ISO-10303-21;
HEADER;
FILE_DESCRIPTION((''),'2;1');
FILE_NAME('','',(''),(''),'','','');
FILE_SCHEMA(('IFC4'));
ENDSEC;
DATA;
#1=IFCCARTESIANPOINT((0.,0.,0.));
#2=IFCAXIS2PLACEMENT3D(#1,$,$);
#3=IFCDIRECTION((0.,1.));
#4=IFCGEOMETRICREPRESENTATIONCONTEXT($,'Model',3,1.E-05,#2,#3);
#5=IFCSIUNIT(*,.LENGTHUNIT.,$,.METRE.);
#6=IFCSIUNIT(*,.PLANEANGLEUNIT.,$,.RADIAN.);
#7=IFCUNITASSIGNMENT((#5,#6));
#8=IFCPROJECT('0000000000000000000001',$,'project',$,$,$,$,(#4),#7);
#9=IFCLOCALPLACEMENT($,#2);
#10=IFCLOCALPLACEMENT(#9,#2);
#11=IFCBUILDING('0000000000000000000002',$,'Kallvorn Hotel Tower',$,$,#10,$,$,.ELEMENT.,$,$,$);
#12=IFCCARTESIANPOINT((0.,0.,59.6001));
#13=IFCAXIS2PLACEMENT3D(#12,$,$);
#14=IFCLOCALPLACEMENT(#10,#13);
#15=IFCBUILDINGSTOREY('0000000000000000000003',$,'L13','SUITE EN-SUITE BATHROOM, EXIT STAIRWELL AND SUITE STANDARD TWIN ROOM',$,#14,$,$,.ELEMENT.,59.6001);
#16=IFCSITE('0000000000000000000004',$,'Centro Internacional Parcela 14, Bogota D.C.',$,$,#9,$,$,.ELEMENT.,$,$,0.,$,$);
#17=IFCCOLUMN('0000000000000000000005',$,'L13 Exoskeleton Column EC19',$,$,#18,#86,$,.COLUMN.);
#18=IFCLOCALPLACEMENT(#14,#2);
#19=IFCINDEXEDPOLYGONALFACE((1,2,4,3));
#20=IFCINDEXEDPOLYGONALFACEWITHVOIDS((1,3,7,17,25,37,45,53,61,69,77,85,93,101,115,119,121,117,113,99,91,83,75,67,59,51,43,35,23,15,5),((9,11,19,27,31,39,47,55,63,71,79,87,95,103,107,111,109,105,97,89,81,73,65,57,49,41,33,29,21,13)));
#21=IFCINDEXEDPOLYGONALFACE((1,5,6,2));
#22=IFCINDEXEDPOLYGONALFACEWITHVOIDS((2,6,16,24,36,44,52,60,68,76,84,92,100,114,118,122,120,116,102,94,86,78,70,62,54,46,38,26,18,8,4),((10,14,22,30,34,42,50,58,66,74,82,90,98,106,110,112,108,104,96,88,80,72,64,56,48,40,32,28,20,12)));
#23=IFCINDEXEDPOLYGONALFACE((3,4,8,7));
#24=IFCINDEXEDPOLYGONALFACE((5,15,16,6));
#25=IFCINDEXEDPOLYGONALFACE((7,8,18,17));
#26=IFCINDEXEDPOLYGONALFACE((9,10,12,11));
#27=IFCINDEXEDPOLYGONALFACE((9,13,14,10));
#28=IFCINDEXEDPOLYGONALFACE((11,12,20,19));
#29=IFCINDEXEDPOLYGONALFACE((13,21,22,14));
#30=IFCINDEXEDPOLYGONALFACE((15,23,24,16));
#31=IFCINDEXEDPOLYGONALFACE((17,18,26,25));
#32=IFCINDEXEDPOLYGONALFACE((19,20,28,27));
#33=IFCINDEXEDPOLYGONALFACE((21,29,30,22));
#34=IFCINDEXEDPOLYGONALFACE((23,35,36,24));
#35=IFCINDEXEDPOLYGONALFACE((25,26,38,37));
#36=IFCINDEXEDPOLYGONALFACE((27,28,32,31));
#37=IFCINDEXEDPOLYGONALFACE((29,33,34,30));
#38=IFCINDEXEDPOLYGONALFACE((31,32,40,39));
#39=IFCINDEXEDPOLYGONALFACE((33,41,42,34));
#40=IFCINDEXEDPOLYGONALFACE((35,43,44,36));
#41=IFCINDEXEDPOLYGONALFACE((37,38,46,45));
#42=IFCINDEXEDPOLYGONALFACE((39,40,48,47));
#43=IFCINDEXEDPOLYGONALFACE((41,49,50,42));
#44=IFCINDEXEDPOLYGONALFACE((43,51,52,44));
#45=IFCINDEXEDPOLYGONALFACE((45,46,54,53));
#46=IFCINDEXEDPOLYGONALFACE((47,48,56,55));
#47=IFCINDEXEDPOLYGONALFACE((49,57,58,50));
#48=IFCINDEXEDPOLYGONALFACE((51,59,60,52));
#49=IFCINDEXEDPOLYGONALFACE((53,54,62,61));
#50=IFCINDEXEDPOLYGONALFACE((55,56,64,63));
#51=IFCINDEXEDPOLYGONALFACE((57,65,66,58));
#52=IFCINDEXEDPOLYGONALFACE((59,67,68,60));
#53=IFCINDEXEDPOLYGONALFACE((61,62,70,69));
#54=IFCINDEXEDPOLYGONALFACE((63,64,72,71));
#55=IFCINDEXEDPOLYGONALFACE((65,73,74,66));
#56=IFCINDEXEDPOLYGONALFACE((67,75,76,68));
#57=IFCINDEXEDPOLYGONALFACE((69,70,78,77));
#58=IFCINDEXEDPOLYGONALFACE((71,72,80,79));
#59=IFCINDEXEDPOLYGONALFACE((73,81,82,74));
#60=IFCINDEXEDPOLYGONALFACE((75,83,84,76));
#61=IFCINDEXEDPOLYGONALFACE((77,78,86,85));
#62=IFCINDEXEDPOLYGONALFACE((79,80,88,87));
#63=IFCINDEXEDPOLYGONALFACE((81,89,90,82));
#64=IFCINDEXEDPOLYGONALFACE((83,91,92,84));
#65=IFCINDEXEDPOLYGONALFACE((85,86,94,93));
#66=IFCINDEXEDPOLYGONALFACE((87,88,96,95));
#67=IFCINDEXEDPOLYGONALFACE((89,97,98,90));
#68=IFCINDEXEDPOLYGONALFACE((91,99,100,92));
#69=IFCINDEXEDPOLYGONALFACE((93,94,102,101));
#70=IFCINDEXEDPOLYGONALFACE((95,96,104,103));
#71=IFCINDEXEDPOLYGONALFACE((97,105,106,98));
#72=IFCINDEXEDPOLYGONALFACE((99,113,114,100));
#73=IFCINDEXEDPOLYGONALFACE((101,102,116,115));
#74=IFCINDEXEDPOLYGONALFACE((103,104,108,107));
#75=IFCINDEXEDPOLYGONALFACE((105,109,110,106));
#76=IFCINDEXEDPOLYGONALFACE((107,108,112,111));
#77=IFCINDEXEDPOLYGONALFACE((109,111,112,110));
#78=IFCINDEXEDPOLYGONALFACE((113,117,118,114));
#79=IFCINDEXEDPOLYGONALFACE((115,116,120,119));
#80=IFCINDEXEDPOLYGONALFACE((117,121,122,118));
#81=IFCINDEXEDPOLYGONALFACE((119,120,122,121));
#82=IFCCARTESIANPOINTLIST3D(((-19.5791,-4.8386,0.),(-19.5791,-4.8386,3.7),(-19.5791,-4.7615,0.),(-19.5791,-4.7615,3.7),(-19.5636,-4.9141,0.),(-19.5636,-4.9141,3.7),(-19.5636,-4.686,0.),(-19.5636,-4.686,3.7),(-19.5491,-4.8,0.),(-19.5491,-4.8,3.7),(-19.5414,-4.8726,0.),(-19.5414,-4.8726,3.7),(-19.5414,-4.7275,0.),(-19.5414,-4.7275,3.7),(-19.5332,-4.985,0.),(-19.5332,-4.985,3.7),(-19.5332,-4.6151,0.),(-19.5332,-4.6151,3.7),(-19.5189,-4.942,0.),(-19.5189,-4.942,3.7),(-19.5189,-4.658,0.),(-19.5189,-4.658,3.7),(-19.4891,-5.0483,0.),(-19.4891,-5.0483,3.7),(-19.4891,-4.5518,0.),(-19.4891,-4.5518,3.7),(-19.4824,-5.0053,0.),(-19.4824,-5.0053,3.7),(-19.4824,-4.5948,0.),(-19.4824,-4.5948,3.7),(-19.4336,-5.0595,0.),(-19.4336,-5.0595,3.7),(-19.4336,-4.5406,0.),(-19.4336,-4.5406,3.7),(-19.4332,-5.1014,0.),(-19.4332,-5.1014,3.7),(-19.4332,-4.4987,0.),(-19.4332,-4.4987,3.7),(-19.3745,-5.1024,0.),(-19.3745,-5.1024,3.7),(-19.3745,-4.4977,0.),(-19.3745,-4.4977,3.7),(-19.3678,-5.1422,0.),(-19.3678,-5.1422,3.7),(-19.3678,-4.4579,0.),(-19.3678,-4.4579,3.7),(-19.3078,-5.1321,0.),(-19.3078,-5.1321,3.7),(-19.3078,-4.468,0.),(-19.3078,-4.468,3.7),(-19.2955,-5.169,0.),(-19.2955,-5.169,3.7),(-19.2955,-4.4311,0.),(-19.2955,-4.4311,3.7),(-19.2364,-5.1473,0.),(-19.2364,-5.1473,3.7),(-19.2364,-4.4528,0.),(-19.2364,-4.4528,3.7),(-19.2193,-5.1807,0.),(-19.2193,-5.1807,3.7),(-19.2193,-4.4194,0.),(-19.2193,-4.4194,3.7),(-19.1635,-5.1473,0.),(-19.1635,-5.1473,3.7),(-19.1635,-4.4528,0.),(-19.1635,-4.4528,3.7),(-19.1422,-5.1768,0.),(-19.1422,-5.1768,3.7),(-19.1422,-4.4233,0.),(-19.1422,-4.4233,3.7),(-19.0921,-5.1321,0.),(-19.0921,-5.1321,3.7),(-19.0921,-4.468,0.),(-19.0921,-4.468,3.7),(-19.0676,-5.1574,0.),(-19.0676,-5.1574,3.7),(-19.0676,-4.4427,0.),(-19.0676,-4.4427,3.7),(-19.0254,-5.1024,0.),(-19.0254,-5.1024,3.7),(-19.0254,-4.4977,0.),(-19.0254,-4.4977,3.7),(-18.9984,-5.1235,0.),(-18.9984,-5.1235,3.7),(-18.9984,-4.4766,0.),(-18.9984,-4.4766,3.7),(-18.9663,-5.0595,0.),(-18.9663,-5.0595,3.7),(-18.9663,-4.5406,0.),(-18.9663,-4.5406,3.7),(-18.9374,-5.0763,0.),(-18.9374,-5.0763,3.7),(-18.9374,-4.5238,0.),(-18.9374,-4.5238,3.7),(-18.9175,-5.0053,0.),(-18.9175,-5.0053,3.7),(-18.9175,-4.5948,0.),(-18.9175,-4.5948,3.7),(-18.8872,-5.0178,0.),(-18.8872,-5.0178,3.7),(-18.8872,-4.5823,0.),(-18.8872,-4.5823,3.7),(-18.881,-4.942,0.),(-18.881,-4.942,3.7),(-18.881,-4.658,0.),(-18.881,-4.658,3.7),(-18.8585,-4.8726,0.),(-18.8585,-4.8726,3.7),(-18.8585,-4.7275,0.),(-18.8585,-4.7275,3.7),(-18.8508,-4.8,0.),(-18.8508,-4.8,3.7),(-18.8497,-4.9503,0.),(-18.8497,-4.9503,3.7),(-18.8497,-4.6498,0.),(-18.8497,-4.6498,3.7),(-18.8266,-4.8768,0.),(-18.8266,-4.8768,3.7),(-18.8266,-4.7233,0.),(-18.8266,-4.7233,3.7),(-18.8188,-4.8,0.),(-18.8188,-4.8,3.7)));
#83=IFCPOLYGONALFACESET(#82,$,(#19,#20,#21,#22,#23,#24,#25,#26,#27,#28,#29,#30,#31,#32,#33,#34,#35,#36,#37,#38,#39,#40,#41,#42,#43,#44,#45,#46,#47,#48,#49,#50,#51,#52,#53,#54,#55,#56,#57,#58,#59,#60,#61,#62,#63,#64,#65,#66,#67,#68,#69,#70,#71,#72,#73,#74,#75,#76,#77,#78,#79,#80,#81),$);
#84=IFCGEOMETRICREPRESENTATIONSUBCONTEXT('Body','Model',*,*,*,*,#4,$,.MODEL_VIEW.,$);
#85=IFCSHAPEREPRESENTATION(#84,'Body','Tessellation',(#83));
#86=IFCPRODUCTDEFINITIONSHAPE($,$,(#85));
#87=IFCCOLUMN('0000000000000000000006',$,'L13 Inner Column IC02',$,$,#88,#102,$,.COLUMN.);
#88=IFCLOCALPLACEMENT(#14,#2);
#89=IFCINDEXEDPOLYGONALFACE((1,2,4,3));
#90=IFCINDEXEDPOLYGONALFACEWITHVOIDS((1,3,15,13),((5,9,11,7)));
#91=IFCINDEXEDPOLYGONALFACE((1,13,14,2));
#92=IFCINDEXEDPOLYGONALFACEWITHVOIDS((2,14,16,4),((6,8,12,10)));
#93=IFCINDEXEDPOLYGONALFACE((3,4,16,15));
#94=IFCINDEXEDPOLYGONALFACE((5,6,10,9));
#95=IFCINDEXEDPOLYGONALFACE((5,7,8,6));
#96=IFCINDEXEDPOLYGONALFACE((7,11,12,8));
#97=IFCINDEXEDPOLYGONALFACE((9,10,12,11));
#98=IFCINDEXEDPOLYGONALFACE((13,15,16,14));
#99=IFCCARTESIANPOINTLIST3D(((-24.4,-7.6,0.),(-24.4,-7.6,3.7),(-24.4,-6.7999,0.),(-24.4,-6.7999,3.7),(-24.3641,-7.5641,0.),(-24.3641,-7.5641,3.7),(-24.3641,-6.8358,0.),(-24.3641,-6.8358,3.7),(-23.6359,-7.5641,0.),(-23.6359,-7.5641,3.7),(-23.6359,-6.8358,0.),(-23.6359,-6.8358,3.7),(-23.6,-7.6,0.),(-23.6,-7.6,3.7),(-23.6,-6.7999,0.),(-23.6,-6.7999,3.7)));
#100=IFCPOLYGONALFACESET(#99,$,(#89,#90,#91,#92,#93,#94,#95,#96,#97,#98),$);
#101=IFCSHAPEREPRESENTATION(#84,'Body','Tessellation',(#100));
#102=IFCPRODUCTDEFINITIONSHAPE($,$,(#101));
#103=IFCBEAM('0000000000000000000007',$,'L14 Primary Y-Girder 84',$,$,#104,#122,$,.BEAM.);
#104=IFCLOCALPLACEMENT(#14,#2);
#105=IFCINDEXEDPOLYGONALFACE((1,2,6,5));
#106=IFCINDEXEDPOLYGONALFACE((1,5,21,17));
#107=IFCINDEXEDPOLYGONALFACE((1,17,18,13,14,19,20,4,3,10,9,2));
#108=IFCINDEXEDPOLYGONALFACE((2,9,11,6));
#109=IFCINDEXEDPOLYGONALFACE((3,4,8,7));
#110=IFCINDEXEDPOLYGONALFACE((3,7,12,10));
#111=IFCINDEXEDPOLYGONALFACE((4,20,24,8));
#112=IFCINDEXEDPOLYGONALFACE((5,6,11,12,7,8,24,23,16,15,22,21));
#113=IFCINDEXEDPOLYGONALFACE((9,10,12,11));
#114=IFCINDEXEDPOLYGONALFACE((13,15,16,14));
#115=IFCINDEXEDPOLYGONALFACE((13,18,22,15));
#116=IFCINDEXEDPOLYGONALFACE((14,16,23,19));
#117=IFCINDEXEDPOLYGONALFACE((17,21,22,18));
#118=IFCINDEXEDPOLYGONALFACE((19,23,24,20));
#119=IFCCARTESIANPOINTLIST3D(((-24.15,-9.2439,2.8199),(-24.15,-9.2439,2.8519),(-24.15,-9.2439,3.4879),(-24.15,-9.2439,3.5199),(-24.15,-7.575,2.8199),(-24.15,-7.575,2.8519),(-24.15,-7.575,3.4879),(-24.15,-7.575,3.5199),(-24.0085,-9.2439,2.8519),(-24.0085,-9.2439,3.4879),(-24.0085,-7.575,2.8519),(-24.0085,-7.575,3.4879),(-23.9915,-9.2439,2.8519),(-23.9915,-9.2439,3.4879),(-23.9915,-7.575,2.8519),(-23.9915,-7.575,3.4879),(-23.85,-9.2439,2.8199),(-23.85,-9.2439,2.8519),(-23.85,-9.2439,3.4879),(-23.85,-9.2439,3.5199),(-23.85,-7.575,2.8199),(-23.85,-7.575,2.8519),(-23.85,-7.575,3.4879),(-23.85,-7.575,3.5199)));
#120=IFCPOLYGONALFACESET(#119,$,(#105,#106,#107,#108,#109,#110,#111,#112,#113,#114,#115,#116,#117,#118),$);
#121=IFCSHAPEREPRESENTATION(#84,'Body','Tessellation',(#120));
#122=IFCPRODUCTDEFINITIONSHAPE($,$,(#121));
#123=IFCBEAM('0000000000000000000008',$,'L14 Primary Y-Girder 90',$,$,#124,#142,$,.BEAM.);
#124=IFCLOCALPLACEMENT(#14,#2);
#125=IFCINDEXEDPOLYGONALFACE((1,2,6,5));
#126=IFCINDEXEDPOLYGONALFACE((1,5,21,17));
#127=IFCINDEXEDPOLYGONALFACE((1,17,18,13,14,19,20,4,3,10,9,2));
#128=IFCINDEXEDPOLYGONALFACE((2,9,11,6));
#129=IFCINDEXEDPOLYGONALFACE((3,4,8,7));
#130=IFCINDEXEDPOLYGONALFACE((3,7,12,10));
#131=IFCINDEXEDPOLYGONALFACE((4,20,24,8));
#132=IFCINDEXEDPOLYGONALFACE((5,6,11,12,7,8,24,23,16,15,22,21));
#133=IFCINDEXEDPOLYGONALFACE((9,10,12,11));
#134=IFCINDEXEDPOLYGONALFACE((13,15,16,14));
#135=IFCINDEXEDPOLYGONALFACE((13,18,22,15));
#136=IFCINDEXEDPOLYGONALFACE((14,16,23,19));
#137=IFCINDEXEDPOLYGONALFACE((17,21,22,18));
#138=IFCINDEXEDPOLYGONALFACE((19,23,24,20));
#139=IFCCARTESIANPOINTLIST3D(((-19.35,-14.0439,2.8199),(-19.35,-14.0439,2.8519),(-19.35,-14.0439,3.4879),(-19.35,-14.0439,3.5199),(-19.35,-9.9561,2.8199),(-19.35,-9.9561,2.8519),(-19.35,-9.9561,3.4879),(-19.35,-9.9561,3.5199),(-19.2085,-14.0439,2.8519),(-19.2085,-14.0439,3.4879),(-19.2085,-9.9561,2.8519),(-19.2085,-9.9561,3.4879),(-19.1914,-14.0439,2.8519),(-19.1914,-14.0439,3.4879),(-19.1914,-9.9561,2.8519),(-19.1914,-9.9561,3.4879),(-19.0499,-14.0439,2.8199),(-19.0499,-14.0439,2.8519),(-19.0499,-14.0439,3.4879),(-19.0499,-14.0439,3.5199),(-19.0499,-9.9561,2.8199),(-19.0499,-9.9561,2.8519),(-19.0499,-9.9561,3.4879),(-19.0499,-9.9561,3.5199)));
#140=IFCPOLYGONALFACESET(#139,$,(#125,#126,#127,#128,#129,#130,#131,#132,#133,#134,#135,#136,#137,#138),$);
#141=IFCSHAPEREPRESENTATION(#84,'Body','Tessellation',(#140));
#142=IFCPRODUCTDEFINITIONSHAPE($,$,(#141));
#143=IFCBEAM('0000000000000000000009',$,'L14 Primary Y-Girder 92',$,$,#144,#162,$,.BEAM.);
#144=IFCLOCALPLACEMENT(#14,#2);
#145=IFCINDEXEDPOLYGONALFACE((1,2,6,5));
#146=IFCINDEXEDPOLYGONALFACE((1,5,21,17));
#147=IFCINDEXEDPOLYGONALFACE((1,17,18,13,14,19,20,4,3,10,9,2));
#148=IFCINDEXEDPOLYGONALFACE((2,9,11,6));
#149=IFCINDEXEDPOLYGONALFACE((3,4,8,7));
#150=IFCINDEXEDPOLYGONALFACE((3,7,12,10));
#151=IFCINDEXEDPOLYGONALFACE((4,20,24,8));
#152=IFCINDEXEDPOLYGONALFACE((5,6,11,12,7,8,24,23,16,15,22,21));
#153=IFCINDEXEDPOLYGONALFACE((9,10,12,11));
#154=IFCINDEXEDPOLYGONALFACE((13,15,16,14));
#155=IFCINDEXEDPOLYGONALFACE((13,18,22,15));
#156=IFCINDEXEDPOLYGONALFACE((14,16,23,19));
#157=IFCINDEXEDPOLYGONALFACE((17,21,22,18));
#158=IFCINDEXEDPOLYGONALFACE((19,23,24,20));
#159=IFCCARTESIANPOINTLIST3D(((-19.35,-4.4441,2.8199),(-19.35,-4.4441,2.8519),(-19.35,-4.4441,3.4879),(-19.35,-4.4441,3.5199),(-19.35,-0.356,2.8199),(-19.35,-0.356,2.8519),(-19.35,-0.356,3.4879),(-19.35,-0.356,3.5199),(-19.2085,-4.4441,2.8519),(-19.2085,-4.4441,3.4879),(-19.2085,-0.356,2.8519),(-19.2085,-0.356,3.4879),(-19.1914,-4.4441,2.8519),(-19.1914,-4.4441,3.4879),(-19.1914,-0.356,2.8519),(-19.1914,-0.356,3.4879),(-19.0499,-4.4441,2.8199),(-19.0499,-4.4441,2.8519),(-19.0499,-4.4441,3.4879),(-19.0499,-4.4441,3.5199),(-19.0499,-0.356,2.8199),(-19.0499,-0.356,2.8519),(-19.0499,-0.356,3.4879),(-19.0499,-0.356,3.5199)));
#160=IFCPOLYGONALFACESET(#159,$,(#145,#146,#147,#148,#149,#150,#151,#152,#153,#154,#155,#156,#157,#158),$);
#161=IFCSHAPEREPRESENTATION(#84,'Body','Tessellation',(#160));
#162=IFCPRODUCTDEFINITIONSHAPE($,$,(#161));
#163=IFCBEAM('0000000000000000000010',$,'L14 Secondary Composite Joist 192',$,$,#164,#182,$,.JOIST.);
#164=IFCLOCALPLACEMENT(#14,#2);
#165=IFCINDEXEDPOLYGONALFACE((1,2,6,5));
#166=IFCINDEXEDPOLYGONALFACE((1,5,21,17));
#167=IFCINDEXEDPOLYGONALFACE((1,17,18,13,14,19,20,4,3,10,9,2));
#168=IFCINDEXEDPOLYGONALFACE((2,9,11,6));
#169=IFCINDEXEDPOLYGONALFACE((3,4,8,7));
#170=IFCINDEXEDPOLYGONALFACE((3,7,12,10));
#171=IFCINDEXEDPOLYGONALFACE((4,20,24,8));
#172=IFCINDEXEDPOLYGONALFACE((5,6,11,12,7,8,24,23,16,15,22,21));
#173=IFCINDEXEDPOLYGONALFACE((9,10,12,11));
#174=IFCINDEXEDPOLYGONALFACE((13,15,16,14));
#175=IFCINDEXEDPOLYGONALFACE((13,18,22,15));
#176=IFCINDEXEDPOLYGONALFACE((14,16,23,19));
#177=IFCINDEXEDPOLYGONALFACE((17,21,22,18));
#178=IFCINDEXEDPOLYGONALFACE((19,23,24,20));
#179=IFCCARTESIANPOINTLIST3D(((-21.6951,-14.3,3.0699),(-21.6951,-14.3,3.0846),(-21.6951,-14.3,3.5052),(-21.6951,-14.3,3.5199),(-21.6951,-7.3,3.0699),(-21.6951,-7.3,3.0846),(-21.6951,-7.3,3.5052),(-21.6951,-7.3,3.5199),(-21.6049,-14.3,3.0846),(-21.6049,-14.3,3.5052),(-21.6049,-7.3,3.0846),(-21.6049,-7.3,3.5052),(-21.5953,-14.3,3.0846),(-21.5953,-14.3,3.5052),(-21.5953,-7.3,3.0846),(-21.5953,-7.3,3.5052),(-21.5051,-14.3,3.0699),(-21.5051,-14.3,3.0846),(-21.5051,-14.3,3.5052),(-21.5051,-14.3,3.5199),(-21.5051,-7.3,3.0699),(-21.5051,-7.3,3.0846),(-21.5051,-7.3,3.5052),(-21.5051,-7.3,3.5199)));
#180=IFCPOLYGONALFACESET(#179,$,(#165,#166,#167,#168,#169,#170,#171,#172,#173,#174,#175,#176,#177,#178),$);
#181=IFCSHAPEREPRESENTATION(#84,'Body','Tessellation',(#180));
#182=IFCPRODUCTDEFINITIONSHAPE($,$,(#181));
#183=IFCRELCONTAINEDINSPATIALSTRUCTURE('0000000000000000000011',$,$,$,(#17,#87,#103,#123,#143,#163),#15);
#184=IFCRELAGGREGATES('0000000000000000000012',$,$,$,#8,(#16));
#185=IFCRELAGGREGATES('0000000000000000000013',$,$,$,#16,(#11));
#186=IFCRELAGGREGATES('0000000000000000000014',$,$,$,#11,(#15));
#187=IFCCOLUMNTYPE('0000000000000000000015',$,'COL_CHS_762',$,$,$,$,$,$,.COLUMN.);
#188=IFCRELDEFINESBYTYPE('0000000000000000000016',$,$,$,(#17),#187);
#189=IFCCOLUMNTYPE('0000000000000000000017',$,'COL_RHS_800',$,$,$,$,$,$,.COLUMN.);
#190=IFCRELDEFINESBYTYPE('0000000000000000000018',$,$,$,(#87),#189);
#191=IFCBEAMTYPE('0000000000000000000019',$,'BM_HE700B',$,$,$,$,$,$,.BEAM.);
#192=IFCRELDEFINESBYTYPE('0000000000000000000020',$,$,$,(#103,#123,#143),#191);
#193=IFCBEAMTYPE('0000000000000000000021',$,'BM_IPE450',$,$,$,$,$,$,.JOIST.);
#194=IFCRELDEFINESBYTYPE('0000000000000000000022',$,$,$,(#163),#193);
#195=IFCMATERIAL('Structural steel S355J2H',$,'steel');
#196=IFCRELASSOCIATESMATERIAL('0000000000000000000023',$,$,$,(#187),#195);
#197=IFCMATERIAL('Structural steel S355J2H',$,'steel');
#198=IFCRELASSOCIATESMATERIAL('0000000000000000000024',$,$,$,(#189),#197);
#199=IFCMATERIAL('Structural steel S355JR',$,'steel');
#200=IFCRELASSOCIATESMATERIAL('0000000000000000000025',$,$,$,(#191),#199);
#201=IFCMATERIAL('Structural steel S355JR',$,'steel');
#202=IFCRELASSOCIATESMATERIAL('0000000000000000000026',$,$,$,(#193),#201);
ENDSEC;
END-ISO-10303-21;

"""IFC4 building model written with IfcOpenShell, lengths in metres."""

from ifc_helpers import new_model, si_unit, direction, frame, origin, origin_2d, place, context, subcontext, project, spatial, hollow_rectangle, hollow_circle, i_section, extrude, material, material_profile, profile_set, type_object, element, save


model = new_model("IFC4")

# Units and contexts
model_context = context("Model", 3, precision=1e-05, world=origin(), true_north=direction((0.0, 1.0)))
body_context = subcontext(model_context, "Body", "Model", "MODEL_VIEW")
ifc_project = project(units=[si_unit("LENGTHUNIT", "METRE"), si_unit("PLANEANGLEUNIT", "RADIAN")], contexts=[model_context])

# Site, building, storey
site_placement = place(None, origin())
site = spatial("IfcSite", under=ifc_project, at=site_placement, Name="Centro Internacional Parcela 14, Bogota D.C.", CompositionType="ELEMENT", RefElevation=0.0)
building_placement = place(site_placement, origin())
building = spatial("IfcBuilding", under=site, at=building_placement, Name="Kallvorn Hotel Tower", CompositionType="ELEMENT")
storey_placement = place(building_placement, frame((0.0, 0.0, 59.6001)))
storey = spatial("IfcBuildingStorey", under=building, at=storey_placement, Name="L13", Description="SUITE EN-SUITE BATHROOM, EXIT STAIRWELL AND SUITE STANDARD TWIN ROOM", CompositionType="ELEMENT", Elevation=59.6001)

# Columns
ifc_material_1 = material(Name="Structural steel S355J2H", Category="steel")
ifc_material_profile_1 = material_profile(ifc_material_1, hollow_circle(Radius=0.3811, WallThickness=0.032, at=origin_2d()), Name="CHS 762x32")
ifc_profile_set_1 = profile_set([ifc_material_profile_1], Name="Structural steel S355J2H")
column_type_1 = type_object("IfcColumnType", Name="COL_CHS_762", PredefinedType="COLUMN", material=ifc_profile_set_1)
for number, where, z_axis, x_axis, name in (
    (1, (-19.2, -4.8, 0.0), (0.0, 0.0, 1.0), (1.0, 0.0, 0.0), "L13 Exoskeleton Column EC19"),
):
    element("IfcColumn", number, at=place(storey_placement, frame(where, z_axis=z_axis, x_axis=x_axis)), inside=storey, type_object=column_type_1, Name=name, PredefinedType="COLUMN", context=body_context, shape_type="SweptSolid", body=[
        extrude(hollow_circle(Radius=0.3811, WallThickness=0.032, at=origin_2d()), origin(), (0.0, 0.0, 1.0), 3.7),
    ])
ifc_material_2 = material(Name="Structural steel S355J2H", Category="steel")
ifc_material_profile_2 = material_profile(ifc_material_2, hollow_rectangle(XDim=0.8, YDim=0.8, WallThickness=0.0359, at=origin_2d()), Name="RHS 800x800x36")
ifc_profile_set_2 = profile_set([ifc_material_profile_2], Name="Structural steel S355J2H")
column_type_2 = type_object("IfcColumnType", Name="COL_RHS_800", PredefinedType="COLUMN", material=ifc_profile_set_2)
column_placement = place(storey_placement, frame((-24.0, -7.2, 0.0), z_axis=(0.0, 0.0, 1.0), x_axis=(1.0, 0.0, 0.0)))
element("IfcColumn", 2, at=column_placement, inside=storey, type_object=column_type_2, Name="L13 Inner Column IC02", PredefinedType="COLUMN", context=body_context, shape_type="SweptSolid", body=[
    extrude(hollow_rectangle(XDim=0.8, YDim=0.8, WallThickness=0.0359, at=origin_2d()), origin(), (0.0, 0.0, 1.0), 3.7),
])

# Beams
ifc_material_3 = material(Name="Structural steel S355JR", Category="steel")
ifc_material_profile_3 = material_profile(ifc_material_3, i_section(OverallWidth=0.3, OverallDepth=0.7, WebThickness=0.0171, FlangeThickness=0.032, at=origin_2d()), Name="HE 700 B")
ifc_profile_set_3 = profile_set([ifc_material_profile_3], Name="Structural steel S355JR")
beam_type_1 = type_object("IfcBeamType", Name="BM_HE700B", PredefinedType="BEAM", material=ifc_profile_set_3)
beam_1_placement = place(storey_placement, frame((-24.0, -9.2439, 3.1699), z_axis=(0.0, 1.0, 0.0), x_axis=(-1.0, 0.0, 0.0)))
element("IfcBeam", 3, at=beam_1_placement, inside=storey, type_object=beam_type_1, Name="L14 Primary Y-Girder 84", PredefinedType="BEAM", context=body_context, shape_type="SweptSolid", body=[
    extrude(i_section(OverallWidth=0.3, OverallDepth=0.7, WebThickness=0.0171, FlangeThickness=0.032, at=origin_2d()), origin(), (0.0, 0.0, 1.0), 1.6689),
])
beam_2_placement = place(storey_placement, frame((-19.2, -14.0439, 3.1699), z_axis=(0.0, 1.0, 0.0), x_axis=(-1.0, 0.0, 0.0)))
element("IfcBeam", 4, at=beam_2_placement, inside=storey, type_object=beam_type_1, Name="L14 Primary Y-Girder 90", PredefinedType="BEAM", context=body_context, shape_type="SweptSolid", body=[
    extrude(i_section(OverallWidth=0.3, OverallDepth=0.7, WebThickness=0.0171, FlangeThickness=0.032, at=origin_2d()), origin(), (0.0, 0.0, 1.0), 4.0879),
])
beam_3_placement = place(storey_placement, frame((-19.2, -4.4441, 3.1699), z_axis=(0.0, 1.0, 0.0), x_axis=(-1.0, 0.0, 0.0)))
element("IfcBeam", 5, at=beam_3_placement, inside=storey, type_object=beam_type_1, Name="L14 Primary Y-Girder 92", PredefinedType="BEAM", context=body_context, shape_type="SweptSolid", body=[
    extrude(i_section(OverallWidth=0.3, OverallDepth=0.7, WebThickness=0.0171, FlangeThickness=0.032, at=origin_2d()), origin(), (0.0, 0.0, 1.0), 4.0881),
])
ifc_material_4 = material(Name="Structural steel S355JR", Category="steel")
ifc_material_profile_4 = material_profile(ifc_material_4, i_section(OverallWidth=0.1899, OverallDepth=0.45, WebThickness=0.0095, FlangeThickness=0.0146, at=origin_2d()), Name="IPE 450")
ifc_profile_set_4 = profile_set([ifc_material_profile_4], Name="Structural steel S355JR")
beam_type_2 = type_object("IfcBeamType", Name="BM_IPE450", PredefinedType="JOIST", material=ifc_profile_set_4)
for number, where, z_axis, x_axis, name in (
    (6, (-21.6001, -14.3, 3.2949), (0.0, 1.0, 0.0), (-1.0, 0.0, 0.0), "L14 Secondary Composite Joist 192"),
):
    element("IfcBeam", number, at=place(storey_placement, frame(where, z_axis=z_axis, x_axis=x_axis)), inside=storey, type_object=beam_type_2, Name=name, PredefinedType="JOIST", context=body_context, shape_type="SweptSolid", body=[
        extrude(i_section(OverallWidth=0.1899, OverallDepth=0.45, WebThickness=0.0095, FlangeThickness=0.0146, at=origin_2d()), origin(), (0.0, 0.0, 1.0), 7.0),
    ])

save(model, "model.ifc")
